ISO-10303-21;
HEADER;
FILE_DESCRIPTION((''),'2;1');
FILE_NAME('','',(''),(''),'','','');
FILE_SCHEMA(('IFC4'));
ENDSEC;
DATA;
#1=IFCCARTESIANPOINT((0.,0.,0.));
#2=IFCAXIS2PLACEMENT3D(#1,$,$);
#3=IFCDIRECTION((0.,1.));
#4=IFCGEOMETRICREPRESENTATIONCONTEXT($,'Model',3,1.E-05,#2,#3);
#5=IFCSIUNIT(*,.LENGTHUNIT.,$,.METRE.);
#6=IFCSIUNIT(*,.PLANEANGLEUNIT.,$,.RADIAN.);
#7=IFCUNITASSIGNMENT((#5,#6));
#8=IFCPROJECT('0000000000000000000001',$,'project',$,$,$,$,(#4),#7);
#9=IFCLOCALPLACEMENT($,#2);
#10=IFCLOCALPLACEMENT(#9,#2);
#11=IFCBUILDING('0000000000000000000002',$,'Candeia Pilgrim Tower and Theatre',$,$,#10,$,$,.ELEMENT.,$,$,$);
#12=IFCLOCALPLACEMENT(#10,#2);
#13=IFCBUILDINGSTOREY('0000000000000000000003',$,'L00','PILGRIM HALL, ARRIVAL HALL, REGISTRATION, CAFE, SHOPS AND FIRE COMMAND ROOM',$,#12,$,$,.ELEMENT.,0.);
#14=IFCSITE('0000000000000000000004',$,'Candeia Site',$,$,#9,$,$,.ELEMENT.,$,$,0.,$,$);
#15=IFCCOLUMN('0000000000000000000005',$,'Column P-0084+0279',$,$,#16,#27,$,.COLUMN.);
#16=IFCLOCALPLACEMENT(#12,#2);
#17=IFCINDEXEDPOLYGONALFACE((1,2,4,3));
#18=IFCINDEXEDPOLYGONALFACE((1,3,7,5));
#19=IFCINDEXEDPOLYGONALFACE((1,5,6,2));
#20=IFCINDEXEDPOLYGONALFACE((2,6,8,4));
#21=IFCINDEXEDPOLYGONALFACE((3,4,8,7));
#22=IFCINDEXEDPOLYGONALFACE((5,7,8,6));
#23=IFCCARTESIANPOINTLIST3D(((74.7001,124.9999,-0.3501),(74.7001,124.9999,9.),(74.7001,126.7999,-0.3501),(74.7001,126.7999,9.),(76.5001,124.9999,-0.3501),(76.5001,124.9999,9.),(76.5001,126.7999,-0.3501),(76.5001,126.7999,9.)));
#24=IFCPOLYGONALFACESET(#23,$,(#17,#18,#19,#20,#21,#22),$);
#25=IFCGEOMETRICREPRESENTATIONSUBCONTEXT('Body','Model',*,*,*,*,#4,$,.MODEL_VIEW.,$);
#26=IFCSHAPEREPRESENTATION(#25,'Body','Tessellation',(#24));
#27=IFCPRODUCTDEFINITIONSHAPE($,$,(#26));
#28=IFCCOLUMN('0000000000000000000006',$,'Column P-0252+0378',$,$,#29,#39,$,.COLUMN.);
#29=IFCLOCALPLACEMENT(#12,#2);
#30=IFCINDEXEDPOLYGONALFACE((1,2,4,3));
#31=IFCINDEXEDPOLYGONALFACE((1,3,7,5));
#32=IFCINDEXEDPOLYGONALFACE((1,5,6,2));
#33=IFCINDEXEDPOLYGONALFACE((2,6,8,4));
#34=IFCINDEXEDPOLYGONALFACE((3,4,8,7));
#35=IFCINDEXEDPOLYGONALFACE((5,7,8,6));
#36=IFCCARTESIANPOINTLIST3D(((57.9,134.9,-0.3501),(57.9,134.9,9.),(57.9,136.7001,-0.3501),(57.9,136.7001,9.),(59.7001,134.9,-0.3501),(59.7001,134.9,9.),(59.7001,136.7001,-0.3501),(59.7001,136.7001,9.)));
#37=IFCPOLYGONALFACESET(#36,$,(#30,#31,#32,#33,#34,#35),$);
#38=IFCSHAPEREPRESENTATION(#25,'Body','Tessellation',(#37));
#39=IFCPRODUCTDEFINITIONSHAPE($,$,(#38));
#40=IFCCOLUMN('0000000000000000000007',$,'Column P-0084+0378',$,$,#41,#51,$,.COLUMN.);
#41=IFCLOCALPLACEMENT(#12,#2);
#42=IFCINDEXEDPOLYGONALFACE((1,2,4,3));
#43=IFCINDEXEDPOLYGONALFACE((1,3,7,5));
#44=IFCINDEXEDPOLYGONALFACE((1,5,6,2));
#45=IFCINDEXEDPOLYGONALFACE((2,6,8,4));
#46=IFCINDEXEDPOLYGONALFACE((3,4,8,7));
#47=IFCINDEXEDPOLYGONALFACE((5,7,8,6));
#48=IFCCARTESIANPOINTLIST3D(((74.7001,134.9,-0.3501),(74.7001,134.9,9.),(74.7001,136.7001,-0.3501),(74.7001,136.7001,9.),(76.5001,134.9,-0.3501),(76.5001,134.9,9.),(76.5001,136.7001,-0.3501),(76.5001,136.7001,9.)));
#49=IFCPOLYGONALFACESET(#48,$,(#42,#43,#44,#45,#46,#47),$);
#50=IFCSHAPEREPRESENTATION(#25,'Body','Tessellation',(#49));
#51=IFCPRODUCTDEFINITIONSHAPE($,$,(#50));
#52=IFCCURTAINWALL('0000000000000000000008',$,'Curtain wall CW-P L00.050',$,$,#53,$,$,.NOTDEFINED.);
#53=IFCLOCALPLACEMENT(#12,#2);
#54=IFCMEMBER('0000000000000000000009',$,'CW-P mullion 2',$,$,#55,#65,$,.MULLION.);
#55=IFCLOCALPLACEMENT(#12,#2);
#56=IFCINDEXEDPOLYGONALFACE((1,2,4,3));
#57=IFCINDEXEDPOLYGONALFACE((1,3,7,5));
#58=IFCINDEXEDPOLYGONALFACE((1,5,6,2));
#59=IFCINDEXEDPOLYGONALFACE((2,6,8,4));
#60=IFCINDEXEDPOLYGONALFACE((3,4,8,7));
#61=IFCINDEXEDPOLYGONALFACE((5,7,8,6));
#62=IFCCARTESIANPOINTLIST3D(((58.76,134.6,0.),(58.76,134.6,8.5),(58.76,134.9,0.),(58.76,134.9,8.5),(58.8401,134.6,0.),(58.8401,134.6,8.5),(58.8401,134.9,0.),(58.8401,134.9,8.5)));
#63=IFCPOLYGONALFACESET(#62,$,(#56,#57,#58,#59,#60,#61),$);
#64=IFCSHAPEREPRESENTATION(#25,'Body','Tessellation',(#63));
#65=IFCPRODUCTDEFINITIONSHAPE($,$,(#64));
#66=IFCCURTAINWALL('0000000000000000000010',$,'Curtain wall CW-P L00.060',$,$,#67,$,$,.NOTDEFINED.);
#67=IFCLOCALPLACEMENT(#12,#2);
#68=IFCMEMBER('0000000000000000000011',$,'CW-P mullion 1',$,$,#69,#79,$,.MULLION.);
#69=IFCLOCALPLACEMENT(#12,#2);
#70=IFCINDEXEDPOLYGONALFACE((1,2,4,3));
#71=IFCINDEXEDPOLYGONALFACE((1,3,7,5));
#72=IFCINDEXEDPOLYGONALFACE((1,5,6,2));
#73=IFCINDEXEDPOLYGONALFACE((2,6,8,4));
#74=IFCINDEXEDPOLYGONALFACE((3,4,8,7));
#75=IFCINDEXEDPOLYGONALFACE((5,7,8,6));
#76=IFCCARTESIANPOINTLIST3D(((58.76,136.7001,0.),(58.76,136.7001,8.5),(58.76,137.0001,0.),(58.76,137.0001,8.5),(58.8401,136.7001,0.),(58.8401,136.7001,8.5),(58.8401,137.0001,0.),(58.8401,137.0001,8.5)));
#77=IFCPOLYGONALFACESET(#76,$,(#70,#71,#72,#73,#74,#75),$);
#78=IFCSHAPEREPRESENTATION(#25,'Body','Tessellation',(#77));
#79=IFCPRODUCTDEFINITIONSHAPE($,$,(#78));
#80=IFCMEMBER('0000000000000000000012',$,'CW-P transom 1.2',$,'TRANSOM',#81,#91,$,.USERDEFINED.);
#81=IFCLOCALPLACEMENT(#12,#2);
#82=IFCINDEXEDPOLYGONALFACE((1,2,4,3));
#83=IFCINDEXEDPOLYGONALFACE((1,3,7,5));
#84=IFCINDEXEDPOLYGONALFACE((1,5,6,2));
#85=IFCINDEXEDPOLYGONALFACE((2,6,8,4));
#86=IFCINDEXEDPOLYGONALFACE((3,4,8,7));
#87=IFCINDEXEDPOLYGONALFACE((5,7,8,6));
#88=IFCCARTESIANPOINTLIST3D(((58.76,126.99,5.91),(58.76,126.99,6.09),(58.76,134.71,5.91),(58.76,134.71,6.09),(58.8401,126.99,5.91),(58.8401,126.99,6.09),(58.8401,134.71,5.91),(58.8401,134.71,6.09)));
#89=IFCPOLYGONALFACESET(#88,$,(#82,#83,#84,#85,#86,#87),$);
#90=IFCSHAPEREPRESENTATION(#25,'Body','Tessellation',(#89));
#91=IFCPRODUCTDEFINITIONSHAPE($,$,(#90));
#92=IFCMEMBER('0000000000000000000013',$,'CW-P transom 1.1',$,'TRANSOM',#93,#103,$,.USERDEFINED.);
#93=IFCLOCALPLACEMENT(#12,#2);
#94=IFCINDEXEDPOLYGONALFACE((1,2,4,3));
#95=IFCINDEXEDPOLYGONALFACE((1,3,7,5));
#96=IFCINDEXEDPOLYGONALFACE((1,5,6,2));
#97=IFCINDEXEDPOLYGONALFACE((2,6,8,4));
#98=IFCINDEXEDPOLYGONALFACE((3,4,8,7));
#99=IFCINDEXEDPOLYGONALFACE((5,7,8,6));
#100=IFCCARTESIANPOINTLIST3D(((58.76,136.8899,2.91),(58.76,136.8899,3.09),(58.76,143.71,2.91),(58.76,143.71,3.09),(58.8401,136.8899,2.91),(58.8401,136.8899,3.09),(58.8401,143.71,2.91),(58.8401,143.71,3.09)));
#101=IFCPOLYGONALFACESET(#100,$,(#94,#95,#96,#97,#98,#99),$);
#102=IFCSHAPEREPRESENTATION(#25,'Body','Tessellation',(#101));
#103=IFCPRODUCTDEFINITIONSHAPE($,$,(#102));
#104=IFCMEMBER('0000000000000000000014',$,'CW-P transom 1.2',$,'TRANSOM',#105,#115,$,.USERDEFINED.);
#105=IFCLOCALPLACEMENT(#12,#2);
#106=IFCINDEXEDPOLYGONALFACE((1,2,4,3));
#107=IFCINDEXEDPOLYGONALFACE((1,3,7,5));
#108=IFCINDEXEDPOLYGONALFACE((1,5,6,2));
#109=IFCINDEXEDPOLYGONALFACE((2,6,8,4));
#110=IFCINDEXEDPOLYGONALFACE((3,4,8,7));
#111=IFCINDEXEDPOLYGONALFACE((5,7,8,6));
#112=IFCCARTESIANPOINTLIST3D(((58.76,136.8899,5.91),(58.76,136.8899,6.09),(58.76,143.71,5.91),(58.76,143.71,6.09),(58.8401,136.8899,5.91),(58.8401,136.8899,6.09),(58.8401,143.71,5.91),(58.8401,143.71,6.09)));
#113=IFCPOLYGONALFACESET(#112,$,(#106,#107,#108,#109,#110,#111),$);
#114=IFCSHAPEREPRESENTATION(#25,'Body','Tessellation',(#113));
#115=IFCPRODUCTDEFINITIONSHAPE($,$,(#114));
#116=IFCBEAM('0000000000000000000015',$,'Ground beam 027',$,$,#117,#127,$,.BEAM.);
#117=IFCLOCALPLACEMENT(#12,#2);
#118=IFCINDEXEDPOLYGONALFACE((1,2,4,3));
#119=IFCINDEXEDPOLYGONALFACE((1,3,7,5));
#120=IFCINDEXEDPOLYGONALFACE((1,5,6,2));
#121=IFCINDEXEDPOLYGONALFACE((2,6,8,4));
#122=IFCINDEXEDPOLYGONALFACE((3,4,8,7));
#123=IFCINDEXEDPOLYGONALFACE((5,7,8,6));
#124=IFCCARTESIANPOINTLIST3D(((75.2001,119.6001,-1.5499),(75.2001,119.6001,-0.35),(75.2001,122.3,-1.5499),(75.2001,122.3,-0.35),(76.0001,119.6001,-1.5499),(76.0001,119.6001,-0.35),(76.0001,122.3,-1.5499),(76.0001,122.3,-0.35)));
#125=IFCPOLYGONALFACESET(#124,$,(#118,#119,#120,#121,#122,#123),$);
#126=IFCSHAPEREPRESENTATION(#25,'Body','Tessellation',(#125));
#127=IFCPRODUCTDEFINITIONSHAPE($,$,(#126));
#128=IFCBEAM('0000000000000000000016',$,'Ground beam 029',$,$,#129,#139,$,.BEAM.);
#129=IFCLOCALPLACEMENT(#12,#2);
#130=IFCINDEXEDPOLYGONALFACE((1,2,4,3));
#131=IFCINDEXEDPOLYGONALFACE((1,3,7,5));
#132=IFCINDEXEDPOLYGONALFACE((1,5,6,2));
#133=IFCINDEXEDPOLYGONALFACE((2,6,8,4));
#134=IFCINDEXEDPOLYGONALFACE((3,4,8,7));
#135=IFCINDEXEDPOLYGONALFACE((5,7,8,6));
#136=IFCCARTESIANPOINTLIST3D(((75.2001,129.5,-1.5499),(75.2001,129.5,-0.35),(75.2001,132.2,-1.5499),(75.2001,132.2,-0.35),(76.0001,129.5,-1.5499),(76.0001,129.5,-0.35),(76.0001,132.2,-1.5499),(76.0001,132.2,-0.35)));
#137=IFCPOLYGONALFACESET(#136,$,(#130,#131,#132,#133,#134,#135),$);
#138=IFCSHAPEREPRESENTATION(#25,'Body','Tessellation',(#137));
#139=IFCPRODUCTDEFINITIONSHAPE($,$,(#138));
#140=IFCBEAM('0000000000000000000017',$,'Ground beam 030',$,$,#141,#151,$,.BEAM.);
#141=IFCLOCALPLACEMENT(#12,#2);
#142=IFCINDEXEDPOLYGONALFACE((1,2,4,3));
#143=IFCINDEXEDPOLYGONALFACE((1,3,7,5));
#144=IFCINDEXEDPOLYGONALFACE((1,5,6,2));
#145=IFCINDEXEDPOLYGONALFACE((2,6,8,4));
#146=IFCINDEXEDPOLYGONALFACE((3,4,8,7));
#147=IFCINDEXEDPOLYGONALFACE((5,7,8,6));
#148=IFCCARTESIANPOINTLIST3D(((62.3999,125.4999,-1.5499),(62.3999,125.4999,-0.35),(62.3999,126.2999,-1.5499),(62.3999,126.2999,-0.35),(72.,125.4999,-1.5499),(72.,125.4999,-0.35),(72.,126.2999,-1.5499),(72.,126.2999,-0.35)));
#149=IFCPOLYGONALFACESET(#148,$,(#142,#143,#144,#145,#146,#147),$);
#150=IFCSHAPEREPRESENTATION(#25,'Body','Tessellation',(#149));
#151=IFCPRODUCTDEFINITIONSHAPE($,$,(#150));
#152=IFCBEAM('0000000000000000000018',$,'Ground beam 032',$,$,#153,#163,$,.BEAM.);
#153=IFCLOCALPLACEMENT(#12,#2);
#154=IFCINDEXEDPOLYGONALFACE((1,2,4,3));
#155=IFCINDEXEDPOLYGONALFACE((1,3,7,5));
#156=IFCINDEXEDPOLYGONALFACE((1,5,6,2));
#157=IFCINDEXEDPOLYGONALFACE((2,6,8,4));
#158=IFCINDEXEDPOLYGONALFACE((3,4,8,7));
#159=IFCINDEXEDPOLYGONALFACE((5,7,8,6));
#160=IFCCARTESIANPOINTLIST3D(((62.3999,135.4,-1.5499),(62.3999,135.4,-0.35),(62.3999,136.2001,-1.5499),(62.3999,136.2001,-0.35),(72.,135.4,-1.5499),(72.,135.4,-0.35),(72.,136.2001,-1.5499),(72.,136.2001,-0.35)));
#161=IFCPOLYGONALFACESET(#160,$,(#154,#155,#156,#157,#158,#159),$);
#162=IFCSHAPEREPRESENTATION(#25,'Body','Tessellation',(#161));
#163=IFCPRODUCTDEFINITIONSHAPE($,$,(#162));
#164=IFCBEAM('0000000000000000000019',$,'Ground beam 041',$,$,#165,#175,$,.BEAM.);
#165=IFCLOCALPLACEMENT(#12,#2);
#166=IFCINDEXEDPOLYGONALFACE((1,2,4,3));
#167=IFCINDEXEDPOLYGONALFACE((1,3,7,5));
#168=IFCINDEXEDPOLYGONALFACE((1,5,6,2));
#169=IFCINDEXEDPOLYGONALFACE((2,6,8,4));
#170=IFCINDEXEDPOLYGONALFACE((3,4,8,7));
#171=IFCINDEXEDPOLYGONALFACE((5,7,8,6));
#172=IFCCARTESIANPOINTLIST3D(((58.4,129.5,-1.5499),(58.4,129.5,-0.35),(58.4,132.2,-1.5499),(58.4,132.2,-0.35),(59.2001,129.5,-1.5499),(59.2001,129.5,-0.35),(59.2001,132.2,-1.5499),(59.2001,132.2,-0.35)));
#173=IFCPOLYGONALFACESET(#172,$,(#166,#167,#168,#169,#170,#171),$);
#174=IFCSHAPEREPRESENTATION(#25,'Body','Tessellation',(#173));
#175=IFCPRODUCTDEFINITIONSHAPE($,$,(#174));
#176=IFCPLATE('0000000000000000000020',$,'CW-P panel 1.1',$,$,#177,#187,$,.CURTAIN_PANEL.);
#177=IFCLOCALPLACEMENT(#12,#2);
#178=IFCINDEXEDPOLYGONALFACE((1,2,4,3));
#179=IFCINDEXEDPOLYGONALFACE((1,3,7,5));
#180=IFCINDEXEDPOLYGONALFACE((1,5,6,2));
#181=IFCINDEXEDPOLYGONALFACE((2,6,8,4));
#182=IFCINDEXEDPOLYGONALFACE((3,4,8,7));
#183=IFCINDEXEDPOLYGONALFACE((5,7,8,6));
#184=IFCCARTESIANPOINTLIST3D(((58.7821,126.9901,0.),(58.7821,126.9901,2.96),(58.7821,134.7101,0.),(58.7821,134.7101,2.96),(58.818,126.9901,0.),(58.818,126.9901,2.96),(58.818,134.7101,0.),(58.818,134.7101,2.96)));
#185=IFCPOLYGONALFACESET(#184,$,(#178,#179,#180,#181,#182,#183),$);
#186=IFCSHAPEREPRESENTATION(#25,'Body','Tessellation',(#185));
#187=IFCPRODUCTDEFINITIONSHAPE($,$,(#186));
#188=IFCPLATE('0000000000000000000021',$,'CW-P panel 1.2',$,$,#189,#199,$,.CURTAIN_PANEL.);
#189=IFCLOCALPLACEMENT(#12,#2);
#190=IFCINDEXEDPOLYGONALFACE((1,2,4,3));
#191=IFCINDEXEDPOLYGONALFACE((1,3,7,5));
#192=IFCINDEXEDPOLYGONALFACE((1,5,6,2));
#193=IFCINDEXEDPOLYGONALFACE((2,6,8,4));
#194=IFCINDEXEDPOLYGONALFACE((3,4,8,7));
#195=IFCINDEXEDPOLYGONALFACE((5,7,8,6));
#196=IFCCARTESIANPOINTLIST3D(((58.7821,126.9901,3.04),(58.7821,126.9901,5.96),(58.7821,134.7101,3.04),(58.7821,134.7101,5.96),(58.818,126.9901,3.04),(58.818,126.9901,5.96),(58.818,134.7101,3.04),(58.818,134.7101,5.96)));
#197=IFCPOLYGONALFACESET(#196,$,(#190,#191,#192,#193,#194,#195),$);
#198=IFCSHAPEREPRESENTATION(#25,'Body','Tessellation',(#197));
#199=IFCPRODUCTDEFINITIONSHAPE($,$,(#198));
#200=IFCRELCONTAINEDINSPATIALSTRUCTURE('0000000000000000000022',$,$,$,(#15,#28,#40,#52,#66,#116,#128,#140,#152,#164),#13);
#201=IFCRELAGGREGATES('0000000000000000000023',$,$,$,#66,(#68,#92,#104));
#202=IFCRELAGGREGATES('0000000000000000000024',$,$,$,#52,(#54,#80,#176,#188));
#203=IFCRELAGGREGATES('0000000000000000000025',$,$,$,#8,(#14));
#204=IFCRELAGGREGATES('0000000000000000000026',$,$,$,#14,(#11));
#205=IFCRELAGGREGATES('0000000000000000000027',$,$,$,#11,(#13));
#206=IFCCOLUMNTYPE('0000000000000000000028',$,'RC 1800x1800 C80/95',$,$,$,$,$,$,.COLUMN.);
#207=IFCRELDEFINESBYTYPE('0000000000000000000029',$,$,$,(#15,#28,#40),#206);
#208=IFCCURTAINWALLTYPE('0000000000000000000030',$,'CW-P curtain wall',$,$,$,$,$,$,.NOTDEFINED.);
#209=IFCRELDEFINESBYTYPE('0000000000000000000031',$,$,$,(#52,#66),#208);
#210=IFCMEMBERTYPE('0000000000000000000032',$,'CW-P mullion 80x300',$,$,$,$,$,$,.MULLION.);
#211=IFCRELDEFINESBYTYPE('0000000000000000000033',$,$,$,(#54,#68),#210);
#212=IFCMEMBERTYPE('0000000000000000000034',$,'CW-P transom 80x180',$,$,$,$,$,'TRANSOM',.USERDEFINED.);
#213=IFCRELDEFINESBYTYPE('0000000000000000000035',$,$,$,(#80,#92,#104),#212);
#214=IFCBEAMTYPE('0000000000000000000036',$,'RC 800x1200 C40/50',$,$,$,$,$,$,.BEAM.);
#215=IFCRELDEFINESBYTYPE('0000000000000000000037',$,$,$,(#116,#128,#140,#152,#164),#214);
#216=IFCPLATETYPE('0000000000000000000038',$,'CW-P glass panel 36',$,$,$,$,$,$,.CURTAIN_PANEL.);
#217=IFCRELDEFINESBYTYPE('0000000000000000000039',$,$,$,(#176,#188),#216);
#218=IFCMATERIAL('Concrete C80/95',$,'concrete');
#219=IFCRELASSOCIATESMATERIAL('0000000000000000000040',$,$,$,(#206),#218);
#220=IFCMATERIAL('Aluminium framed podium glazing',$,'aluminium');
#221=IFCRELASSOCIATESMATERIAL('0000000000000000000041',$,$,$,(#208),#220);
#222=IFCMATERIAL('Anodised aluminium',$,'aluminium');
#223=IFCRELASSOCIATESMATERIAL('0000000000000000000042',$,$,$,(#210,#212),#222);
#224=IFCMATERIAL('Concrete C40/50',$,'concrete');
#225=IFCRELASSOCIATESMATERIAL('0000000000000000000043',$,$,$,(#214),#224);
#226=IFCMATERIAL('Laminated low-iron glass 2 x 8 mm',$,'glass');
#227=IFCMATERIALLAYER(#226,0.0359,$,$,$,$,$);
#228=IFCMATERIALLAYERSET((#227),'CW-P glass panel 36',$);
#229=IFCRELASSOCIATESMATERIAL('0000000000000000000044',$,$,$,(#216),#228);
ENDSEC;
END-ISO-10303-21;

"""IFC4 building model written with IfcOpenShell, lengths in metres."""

from ifc_helpers import new_model, si_unit, direction, frame, origin, origin_2d, place, context, subcontext, project, spatial, rectangle, extrude, material, layer, layer_set, material_profile, profile_set, type_object, element, aggregate, save


model = new_model("IFC4")

# Units and contexts
model_context = context("Model", 3, precision=1e-05, world=origin(), true_north=direction((0.0, 1.0)))
body_context = subcontext(model_context, "Body", "Model", "MODEL_VIEW")
ifc_project = project(units=[si_unit("LENGTHUNIT", "METRE"), si_unit("PLANEANGLEUNIT", "RADIAN")], contexts=[model_context])

# Site, building, storey
site_placement = place(None, origin())
site = spatial("IfcSite", under=ifc_project, at=site_placement, Name="Candeia Site", CompositionType="ELEMENT", RefElevation=0.0)
building_placement = place(site_placement, origin())
building = spatial("IfcBuilding", under=site, at=building_placement, Name="Candeia Pilgrim Tower and Theatre", CompositionType="ELEMENT")
storey_placement = place(building_placement, origin())
storey = spatial("IfcBuildingStorey", under=building, at=storey_placement, Name="L00", Description="PILGRIM HALL, ARRIVAL HALL, REGISTRATION, CAFE, SHOPS AND FIRE COMMAND ROOM", CompositionType="ELEMENT", Elevation=0.0)

# Shared definitions
ifc_material_1 = material(Name="Concrete C40/50", Category="concrete")

# Columns
ifc_material_2 = material(Name="Concrete C80/95", Category="concrete")
ifc_material_profile_1 = material_profile(ifc_material_2, rectangle(XDim=1.8, YDim=1.8, at=origin_2d()))
ifc_profile_set_1 = profile_set([ifc_material_profile_1], Name="Concrete C80/95")
column_type = type_object("IfcColumnType", Name="RC 1800x1800 C80/95", PredefinedType="COLUMN", material=ifc_profile_set_1)
for number, where, z_axis, x_axis, name in (
    (1, (75.6001, 125.8999, -0.3501), (0.0, 0.0, 1.0), (1.0, 0.0, 0.0), "Column P-0084+0279"),
    (2, (58.8, 135.8, -0.3501), (0.0, 0.0, 1.0), (1.0, 0.0, 0.0), "Column P-0252+0378"),
    (3, (75.6001, 135.8, -0.3501), (0.0, 0.0, 1.0), (1.0, 0.0, 0.0), "Column P-0084+0378"),
):
    element("IfcColumn", number, at=place(storey_placement, frame(where, z_axis=z_axis, x_axis=x_axis)), inside=storey, type_object=column_type, Name=name, PredefinedType="COLUMN", context=body_context, shape_type="SweptSolid", body=[
        extrude(rectangle(XDim=1.8, YDim=1.8, at=origin_2d()), origin(), (0.0, 0.0, 1.0), 9.3501),
    ])

# Curtain walls, members
ifc_material_3 = material(Name="Aluminium framed podium glazing", Category="aluminium")
curtain_wall_type = type_object("IfcCurtainWallType", Name="CW-P curtain wall", PredefinedType="NOTDEFINED", material=ifc_material_3)
curtain_wall_1_placement = place(storey_placement, origin())
curtain_wall_1 = element("IfcCurtainWall", 4, at=curtain_wall_1_placement, inside=storey, type_object=curtain_wall_type, Name="Curtain wall CW-P L00.050", PredefinedType="NOTDEFINED")
ifc_material_4 = material(Name="Anodised aluminium", Category="aluminium")
ifc_material_profile_2 = material_profile(ifc_material_4, rectangle(XDim=0.0801, YDim=0.3, at=origin_2d()))
ifc_profile_set_2 = profile_set([ifc_material_profile_2], Name="Anodised aluminium")
member_type_1 = type_object("IfcMemberType", Name="CW-P mullion 80x300", PredefinedType="MULLION", material=ifc_profile_set_2)
member_1_placement = place(storey_placement, frame((58.8, 134.75, 0.0), z_axis=(0.0, 0.0, 1.0), x_axis=(-1.0, 0.0, 0.0)))
member_1 = element("IfcMember", 5, at=member_1_placement, type_object=member_type_1, Name="CW-P mullion 2", PredefinedType="MULLION", context=body_context, shape_type="SweptSolid", body=[
    extrude(rectangle(XDim=0.0801, YDim=0.3, at=origin_2d()), origin(), (0.0, 0.0, 1.0), 8.5),
])
curtain_wall_2_placement = place(storey_placement, origin())
curtain_wall_2 = element("IfcCurtainWall", 6, at=curtain_wall_2_placement, inside=storey, type_object=curtain_wall_type, Name="Curtain wall CW-P L00.060", PredefinedType="NOTDEFINED")
member_2_placement = place(storey_placement, frame((58.8, 136.8501, 0.0), z_axis=(0.0, 0.0, 1.0), x_axis=(-1.0, 0.0, 0.0)))
member_2 = element("IfcMember", 7, at=member_2_placement, type_object=member_type_1, Name="CW-P mullion 1", PredefinedType="MULLION", context=body_context, shape_type="SweptSolid", body=[
    extrude(rectangle(XDim=0.0801, YDim=0.3, at=origin_2d()), origin(), (0.0, 0.0, 1.0), 8.5),
])

# Members
ifc_material_profile_3 = material_profile(ifc_material_4, rectangle(XDim=0.0801, YDim=0.1799, at=origin_2d()))
ifc_profile_set_3 = profile_set([ifc_material_profile_3], Name="Anodised aluminium")
member_type_2 = type_object("IfcMemberType", Name="CW-P transom 80x180", ElementType="TRANSOM", PredefinedType="USERDEFINED", material=ifc_profile_set_3)
member_3_placement = place(storey_placement, frame((58.8, 126.99, 6.0), z_axis=(0.0, 1.0, 0.0), x_axis=(-1.0, 0.0, 0.0)))
member_3 = element("IfcMember", 8, at=member_3_placement, type_object=member_type_2, Name="CW-P transom 1.2", ObjectType="TRANSOM", PredefinedType="USERDEFINED", context=body_context, shape_type="SweptSolid", body=[
    extrude(rectangle(XDim=0.0801, YDim=0.1799, at=origin_2d()), origin(), (0.0, 0.0, 1.0), 7.72),
])
member_4_placement = place(storey_placement, frame((58.8, 136.8899, 3.0), z_axis=(0.0, 1.0, 0.0), x_axis=(-1.0, 0.0, 0.0)))
member_4 = element("IfcMember", 9, at=member_4_placement, type_object=member_type_2, Name="CW-P transom 1.1", ObjectType="TRANSOM", PredefinedType="USERDEFINED", context=body_context, shape_type="SweptSolid", body=[
    extrude(rectangle(XDim=0.0801, YDim=0.1799, at=origin_2d()), origin(), (0.0, 0.0, 1.0), 6.8201),
])
member_5_placement = place(storey_placement, frame((58.8, 136.8899, 6.0), z_axis=(0.0, 1.0, 0.0), x_axis=(-1.0, 0.0, 0.0)))
member_5 = element("IfcMember", 10, at=member_5_placement, type_object=member_type_2, Name="CW-P transom 1.2", ObjectType="TRANSOM", PredefinedType="USERDEFINED", context=body_context, shape_type="SweptSolid", body=[
    extrude(rectangle(XDim=0.0801, YDim=0.1799, at=origin_2d()), origin(), (0.0, 0.0, 1.0), 6.8201),
])
aggregate(curtain_wall_2, [member_2, member_4, member_5])

# Beams
ifc_material_profile_4 = material_profile(ifc_material_1, rectangle(XDim=0.8, YDim=1.2, at=origin_2d()))
ifc_profile_set_4 = profile_set([ifc_material_profile_4], Name="Concrete C40/50")
beam_type = type_object("IfcBeamType", Name="RC 800x1200 C40/50", PredefinedType="BEAM", material=ifc_profile_set_4)
for number, where, z_axis, x_axis, name in (
    (11, (75.6001, 119.6001, -0.95), (0.0, 1.0, 0.0), (-1.0, 0.0, 0.0), "Ground beam 027"),
    (12, (75.6001, 129.5, -0.95), (0.0, 1.0, 0.0), (-1.0, 0.0, 0.0), "Ground beam 029"),
):
    element("IfcBeam", number, at=place(storey_placement, frame(where, z_axis=z_axis, x_axis=x_axis)), inside=storey, type_object=beam_type, Name=name, PredefinedType="BEAM", context=body_context, shape_type="SweptSolid", body=[
        extrude(rectangle(XDim=0.8, YDim=1.2, at=origin_2d()), origin(), (0.0, 0.0, 1.0), 2.7),
    ])
for number, where, z_axis, x_axis, name in (
    (13, (72.0, 125.8999, -0.95), (-1.0, 0.0, 0.0), (0.0, -1.0, 0.0), "Ground beam 030"),
    (14, (72.0, 135.8, -0.95), (-1.0, 0.0, 0.0), (0.0, -1.0, 0.0), "Ground beam 032"),
):
    element("IfcBeam", number, at=place(storey_placement, frame(where, z_axis=z_axis, x_axis=x_axis)), inside=storey, type_object=beam_type, Name=name, PredefinedType="BEAM", context=body_context, shape_type="SweptSolid", body=[
        extrude(rectangle(XDim=0.8, YDim=1.2, at=origin_2d()), origin(), (0.0, 0.0, 1.0), 9.6001),
    ])
beam_placement = place(storey_placement, frame((58.8, 129.5, -0.95), z_axis=(0.0, 1.0, 0.0), x_axis=(-1.0, 0.0, 0.0)))
element("IfcBeam", 15, at=beam_placement, inside=storey, type_object=beam_type, Name="Ground beam 041", PredefinedType="BEAM", context=body_context, shape_type="SweptSolid", body=[
    extrude(rectangle(XDim=0.8, YDim=1.2, at=origin_2d()), origin(), (0.0, 0.0, 1.0), 2.7),
])

# Plates
ifc_material_5 = material(Name="Laminated low-iron glass 2 x 8 mm", Category="glass")
ifc_layer_1 = layer(ifc_material_5, 0.0359)
ifc_layer_set_1 = layer_set([ifc_layer_1], Name="CW-P glass panel 36")
plate_type = type_object("IfcPlateType", Name="CW-P glass panel 36", PredefinedType="CURTAIN_PANEL", material=ifc_layer_set_1)
plate_1_placement = place(storey_placement, frame((58.8, 130.8501, 0.0), z_axis=(0.0, 0.0, 1.0), x_axis=(0.0, 1.0, 0.0)))
plate_1 = element("IfcPlate", 16, at=plate_1_placement, type_object=plate_type, Name="CW-P panel 1.1", PredefinedType="CURTAIN_PANEL", context=body_context, shape_type="SweptSolid", body=[
    extrude(rectangle(XDim=7.72, YDim=0.0359, at=origin_2d()), origin(), (0.0, 0.0, 1.0), 2.96),
])
plate_2_placement = place(storey_placement, frame((58.8, 130.8501, 3.04), z_axis=(0.0, 0.0, 1.0), x_axis=(0.0, 1.0, 0.0)))
plate_2 = element("IfcPlate", 17, at=plate_2_placement, type_object=plate_type, Name="CW-P panel 1.2", PredefinedType="CURTAIN_PANEL", context=body_context, shape_type="SweptSolid", body=[
    extrude(rectangle(XDim=7.72, YDim=0.0359, at=origin_2d()), origin(), (0.0, 0.0, 1.0), 2.9199),
])
aggregate(curtain_wall_1, [member_1, member_3, plate_1, plate_2])

save(model, "model.ifc")
